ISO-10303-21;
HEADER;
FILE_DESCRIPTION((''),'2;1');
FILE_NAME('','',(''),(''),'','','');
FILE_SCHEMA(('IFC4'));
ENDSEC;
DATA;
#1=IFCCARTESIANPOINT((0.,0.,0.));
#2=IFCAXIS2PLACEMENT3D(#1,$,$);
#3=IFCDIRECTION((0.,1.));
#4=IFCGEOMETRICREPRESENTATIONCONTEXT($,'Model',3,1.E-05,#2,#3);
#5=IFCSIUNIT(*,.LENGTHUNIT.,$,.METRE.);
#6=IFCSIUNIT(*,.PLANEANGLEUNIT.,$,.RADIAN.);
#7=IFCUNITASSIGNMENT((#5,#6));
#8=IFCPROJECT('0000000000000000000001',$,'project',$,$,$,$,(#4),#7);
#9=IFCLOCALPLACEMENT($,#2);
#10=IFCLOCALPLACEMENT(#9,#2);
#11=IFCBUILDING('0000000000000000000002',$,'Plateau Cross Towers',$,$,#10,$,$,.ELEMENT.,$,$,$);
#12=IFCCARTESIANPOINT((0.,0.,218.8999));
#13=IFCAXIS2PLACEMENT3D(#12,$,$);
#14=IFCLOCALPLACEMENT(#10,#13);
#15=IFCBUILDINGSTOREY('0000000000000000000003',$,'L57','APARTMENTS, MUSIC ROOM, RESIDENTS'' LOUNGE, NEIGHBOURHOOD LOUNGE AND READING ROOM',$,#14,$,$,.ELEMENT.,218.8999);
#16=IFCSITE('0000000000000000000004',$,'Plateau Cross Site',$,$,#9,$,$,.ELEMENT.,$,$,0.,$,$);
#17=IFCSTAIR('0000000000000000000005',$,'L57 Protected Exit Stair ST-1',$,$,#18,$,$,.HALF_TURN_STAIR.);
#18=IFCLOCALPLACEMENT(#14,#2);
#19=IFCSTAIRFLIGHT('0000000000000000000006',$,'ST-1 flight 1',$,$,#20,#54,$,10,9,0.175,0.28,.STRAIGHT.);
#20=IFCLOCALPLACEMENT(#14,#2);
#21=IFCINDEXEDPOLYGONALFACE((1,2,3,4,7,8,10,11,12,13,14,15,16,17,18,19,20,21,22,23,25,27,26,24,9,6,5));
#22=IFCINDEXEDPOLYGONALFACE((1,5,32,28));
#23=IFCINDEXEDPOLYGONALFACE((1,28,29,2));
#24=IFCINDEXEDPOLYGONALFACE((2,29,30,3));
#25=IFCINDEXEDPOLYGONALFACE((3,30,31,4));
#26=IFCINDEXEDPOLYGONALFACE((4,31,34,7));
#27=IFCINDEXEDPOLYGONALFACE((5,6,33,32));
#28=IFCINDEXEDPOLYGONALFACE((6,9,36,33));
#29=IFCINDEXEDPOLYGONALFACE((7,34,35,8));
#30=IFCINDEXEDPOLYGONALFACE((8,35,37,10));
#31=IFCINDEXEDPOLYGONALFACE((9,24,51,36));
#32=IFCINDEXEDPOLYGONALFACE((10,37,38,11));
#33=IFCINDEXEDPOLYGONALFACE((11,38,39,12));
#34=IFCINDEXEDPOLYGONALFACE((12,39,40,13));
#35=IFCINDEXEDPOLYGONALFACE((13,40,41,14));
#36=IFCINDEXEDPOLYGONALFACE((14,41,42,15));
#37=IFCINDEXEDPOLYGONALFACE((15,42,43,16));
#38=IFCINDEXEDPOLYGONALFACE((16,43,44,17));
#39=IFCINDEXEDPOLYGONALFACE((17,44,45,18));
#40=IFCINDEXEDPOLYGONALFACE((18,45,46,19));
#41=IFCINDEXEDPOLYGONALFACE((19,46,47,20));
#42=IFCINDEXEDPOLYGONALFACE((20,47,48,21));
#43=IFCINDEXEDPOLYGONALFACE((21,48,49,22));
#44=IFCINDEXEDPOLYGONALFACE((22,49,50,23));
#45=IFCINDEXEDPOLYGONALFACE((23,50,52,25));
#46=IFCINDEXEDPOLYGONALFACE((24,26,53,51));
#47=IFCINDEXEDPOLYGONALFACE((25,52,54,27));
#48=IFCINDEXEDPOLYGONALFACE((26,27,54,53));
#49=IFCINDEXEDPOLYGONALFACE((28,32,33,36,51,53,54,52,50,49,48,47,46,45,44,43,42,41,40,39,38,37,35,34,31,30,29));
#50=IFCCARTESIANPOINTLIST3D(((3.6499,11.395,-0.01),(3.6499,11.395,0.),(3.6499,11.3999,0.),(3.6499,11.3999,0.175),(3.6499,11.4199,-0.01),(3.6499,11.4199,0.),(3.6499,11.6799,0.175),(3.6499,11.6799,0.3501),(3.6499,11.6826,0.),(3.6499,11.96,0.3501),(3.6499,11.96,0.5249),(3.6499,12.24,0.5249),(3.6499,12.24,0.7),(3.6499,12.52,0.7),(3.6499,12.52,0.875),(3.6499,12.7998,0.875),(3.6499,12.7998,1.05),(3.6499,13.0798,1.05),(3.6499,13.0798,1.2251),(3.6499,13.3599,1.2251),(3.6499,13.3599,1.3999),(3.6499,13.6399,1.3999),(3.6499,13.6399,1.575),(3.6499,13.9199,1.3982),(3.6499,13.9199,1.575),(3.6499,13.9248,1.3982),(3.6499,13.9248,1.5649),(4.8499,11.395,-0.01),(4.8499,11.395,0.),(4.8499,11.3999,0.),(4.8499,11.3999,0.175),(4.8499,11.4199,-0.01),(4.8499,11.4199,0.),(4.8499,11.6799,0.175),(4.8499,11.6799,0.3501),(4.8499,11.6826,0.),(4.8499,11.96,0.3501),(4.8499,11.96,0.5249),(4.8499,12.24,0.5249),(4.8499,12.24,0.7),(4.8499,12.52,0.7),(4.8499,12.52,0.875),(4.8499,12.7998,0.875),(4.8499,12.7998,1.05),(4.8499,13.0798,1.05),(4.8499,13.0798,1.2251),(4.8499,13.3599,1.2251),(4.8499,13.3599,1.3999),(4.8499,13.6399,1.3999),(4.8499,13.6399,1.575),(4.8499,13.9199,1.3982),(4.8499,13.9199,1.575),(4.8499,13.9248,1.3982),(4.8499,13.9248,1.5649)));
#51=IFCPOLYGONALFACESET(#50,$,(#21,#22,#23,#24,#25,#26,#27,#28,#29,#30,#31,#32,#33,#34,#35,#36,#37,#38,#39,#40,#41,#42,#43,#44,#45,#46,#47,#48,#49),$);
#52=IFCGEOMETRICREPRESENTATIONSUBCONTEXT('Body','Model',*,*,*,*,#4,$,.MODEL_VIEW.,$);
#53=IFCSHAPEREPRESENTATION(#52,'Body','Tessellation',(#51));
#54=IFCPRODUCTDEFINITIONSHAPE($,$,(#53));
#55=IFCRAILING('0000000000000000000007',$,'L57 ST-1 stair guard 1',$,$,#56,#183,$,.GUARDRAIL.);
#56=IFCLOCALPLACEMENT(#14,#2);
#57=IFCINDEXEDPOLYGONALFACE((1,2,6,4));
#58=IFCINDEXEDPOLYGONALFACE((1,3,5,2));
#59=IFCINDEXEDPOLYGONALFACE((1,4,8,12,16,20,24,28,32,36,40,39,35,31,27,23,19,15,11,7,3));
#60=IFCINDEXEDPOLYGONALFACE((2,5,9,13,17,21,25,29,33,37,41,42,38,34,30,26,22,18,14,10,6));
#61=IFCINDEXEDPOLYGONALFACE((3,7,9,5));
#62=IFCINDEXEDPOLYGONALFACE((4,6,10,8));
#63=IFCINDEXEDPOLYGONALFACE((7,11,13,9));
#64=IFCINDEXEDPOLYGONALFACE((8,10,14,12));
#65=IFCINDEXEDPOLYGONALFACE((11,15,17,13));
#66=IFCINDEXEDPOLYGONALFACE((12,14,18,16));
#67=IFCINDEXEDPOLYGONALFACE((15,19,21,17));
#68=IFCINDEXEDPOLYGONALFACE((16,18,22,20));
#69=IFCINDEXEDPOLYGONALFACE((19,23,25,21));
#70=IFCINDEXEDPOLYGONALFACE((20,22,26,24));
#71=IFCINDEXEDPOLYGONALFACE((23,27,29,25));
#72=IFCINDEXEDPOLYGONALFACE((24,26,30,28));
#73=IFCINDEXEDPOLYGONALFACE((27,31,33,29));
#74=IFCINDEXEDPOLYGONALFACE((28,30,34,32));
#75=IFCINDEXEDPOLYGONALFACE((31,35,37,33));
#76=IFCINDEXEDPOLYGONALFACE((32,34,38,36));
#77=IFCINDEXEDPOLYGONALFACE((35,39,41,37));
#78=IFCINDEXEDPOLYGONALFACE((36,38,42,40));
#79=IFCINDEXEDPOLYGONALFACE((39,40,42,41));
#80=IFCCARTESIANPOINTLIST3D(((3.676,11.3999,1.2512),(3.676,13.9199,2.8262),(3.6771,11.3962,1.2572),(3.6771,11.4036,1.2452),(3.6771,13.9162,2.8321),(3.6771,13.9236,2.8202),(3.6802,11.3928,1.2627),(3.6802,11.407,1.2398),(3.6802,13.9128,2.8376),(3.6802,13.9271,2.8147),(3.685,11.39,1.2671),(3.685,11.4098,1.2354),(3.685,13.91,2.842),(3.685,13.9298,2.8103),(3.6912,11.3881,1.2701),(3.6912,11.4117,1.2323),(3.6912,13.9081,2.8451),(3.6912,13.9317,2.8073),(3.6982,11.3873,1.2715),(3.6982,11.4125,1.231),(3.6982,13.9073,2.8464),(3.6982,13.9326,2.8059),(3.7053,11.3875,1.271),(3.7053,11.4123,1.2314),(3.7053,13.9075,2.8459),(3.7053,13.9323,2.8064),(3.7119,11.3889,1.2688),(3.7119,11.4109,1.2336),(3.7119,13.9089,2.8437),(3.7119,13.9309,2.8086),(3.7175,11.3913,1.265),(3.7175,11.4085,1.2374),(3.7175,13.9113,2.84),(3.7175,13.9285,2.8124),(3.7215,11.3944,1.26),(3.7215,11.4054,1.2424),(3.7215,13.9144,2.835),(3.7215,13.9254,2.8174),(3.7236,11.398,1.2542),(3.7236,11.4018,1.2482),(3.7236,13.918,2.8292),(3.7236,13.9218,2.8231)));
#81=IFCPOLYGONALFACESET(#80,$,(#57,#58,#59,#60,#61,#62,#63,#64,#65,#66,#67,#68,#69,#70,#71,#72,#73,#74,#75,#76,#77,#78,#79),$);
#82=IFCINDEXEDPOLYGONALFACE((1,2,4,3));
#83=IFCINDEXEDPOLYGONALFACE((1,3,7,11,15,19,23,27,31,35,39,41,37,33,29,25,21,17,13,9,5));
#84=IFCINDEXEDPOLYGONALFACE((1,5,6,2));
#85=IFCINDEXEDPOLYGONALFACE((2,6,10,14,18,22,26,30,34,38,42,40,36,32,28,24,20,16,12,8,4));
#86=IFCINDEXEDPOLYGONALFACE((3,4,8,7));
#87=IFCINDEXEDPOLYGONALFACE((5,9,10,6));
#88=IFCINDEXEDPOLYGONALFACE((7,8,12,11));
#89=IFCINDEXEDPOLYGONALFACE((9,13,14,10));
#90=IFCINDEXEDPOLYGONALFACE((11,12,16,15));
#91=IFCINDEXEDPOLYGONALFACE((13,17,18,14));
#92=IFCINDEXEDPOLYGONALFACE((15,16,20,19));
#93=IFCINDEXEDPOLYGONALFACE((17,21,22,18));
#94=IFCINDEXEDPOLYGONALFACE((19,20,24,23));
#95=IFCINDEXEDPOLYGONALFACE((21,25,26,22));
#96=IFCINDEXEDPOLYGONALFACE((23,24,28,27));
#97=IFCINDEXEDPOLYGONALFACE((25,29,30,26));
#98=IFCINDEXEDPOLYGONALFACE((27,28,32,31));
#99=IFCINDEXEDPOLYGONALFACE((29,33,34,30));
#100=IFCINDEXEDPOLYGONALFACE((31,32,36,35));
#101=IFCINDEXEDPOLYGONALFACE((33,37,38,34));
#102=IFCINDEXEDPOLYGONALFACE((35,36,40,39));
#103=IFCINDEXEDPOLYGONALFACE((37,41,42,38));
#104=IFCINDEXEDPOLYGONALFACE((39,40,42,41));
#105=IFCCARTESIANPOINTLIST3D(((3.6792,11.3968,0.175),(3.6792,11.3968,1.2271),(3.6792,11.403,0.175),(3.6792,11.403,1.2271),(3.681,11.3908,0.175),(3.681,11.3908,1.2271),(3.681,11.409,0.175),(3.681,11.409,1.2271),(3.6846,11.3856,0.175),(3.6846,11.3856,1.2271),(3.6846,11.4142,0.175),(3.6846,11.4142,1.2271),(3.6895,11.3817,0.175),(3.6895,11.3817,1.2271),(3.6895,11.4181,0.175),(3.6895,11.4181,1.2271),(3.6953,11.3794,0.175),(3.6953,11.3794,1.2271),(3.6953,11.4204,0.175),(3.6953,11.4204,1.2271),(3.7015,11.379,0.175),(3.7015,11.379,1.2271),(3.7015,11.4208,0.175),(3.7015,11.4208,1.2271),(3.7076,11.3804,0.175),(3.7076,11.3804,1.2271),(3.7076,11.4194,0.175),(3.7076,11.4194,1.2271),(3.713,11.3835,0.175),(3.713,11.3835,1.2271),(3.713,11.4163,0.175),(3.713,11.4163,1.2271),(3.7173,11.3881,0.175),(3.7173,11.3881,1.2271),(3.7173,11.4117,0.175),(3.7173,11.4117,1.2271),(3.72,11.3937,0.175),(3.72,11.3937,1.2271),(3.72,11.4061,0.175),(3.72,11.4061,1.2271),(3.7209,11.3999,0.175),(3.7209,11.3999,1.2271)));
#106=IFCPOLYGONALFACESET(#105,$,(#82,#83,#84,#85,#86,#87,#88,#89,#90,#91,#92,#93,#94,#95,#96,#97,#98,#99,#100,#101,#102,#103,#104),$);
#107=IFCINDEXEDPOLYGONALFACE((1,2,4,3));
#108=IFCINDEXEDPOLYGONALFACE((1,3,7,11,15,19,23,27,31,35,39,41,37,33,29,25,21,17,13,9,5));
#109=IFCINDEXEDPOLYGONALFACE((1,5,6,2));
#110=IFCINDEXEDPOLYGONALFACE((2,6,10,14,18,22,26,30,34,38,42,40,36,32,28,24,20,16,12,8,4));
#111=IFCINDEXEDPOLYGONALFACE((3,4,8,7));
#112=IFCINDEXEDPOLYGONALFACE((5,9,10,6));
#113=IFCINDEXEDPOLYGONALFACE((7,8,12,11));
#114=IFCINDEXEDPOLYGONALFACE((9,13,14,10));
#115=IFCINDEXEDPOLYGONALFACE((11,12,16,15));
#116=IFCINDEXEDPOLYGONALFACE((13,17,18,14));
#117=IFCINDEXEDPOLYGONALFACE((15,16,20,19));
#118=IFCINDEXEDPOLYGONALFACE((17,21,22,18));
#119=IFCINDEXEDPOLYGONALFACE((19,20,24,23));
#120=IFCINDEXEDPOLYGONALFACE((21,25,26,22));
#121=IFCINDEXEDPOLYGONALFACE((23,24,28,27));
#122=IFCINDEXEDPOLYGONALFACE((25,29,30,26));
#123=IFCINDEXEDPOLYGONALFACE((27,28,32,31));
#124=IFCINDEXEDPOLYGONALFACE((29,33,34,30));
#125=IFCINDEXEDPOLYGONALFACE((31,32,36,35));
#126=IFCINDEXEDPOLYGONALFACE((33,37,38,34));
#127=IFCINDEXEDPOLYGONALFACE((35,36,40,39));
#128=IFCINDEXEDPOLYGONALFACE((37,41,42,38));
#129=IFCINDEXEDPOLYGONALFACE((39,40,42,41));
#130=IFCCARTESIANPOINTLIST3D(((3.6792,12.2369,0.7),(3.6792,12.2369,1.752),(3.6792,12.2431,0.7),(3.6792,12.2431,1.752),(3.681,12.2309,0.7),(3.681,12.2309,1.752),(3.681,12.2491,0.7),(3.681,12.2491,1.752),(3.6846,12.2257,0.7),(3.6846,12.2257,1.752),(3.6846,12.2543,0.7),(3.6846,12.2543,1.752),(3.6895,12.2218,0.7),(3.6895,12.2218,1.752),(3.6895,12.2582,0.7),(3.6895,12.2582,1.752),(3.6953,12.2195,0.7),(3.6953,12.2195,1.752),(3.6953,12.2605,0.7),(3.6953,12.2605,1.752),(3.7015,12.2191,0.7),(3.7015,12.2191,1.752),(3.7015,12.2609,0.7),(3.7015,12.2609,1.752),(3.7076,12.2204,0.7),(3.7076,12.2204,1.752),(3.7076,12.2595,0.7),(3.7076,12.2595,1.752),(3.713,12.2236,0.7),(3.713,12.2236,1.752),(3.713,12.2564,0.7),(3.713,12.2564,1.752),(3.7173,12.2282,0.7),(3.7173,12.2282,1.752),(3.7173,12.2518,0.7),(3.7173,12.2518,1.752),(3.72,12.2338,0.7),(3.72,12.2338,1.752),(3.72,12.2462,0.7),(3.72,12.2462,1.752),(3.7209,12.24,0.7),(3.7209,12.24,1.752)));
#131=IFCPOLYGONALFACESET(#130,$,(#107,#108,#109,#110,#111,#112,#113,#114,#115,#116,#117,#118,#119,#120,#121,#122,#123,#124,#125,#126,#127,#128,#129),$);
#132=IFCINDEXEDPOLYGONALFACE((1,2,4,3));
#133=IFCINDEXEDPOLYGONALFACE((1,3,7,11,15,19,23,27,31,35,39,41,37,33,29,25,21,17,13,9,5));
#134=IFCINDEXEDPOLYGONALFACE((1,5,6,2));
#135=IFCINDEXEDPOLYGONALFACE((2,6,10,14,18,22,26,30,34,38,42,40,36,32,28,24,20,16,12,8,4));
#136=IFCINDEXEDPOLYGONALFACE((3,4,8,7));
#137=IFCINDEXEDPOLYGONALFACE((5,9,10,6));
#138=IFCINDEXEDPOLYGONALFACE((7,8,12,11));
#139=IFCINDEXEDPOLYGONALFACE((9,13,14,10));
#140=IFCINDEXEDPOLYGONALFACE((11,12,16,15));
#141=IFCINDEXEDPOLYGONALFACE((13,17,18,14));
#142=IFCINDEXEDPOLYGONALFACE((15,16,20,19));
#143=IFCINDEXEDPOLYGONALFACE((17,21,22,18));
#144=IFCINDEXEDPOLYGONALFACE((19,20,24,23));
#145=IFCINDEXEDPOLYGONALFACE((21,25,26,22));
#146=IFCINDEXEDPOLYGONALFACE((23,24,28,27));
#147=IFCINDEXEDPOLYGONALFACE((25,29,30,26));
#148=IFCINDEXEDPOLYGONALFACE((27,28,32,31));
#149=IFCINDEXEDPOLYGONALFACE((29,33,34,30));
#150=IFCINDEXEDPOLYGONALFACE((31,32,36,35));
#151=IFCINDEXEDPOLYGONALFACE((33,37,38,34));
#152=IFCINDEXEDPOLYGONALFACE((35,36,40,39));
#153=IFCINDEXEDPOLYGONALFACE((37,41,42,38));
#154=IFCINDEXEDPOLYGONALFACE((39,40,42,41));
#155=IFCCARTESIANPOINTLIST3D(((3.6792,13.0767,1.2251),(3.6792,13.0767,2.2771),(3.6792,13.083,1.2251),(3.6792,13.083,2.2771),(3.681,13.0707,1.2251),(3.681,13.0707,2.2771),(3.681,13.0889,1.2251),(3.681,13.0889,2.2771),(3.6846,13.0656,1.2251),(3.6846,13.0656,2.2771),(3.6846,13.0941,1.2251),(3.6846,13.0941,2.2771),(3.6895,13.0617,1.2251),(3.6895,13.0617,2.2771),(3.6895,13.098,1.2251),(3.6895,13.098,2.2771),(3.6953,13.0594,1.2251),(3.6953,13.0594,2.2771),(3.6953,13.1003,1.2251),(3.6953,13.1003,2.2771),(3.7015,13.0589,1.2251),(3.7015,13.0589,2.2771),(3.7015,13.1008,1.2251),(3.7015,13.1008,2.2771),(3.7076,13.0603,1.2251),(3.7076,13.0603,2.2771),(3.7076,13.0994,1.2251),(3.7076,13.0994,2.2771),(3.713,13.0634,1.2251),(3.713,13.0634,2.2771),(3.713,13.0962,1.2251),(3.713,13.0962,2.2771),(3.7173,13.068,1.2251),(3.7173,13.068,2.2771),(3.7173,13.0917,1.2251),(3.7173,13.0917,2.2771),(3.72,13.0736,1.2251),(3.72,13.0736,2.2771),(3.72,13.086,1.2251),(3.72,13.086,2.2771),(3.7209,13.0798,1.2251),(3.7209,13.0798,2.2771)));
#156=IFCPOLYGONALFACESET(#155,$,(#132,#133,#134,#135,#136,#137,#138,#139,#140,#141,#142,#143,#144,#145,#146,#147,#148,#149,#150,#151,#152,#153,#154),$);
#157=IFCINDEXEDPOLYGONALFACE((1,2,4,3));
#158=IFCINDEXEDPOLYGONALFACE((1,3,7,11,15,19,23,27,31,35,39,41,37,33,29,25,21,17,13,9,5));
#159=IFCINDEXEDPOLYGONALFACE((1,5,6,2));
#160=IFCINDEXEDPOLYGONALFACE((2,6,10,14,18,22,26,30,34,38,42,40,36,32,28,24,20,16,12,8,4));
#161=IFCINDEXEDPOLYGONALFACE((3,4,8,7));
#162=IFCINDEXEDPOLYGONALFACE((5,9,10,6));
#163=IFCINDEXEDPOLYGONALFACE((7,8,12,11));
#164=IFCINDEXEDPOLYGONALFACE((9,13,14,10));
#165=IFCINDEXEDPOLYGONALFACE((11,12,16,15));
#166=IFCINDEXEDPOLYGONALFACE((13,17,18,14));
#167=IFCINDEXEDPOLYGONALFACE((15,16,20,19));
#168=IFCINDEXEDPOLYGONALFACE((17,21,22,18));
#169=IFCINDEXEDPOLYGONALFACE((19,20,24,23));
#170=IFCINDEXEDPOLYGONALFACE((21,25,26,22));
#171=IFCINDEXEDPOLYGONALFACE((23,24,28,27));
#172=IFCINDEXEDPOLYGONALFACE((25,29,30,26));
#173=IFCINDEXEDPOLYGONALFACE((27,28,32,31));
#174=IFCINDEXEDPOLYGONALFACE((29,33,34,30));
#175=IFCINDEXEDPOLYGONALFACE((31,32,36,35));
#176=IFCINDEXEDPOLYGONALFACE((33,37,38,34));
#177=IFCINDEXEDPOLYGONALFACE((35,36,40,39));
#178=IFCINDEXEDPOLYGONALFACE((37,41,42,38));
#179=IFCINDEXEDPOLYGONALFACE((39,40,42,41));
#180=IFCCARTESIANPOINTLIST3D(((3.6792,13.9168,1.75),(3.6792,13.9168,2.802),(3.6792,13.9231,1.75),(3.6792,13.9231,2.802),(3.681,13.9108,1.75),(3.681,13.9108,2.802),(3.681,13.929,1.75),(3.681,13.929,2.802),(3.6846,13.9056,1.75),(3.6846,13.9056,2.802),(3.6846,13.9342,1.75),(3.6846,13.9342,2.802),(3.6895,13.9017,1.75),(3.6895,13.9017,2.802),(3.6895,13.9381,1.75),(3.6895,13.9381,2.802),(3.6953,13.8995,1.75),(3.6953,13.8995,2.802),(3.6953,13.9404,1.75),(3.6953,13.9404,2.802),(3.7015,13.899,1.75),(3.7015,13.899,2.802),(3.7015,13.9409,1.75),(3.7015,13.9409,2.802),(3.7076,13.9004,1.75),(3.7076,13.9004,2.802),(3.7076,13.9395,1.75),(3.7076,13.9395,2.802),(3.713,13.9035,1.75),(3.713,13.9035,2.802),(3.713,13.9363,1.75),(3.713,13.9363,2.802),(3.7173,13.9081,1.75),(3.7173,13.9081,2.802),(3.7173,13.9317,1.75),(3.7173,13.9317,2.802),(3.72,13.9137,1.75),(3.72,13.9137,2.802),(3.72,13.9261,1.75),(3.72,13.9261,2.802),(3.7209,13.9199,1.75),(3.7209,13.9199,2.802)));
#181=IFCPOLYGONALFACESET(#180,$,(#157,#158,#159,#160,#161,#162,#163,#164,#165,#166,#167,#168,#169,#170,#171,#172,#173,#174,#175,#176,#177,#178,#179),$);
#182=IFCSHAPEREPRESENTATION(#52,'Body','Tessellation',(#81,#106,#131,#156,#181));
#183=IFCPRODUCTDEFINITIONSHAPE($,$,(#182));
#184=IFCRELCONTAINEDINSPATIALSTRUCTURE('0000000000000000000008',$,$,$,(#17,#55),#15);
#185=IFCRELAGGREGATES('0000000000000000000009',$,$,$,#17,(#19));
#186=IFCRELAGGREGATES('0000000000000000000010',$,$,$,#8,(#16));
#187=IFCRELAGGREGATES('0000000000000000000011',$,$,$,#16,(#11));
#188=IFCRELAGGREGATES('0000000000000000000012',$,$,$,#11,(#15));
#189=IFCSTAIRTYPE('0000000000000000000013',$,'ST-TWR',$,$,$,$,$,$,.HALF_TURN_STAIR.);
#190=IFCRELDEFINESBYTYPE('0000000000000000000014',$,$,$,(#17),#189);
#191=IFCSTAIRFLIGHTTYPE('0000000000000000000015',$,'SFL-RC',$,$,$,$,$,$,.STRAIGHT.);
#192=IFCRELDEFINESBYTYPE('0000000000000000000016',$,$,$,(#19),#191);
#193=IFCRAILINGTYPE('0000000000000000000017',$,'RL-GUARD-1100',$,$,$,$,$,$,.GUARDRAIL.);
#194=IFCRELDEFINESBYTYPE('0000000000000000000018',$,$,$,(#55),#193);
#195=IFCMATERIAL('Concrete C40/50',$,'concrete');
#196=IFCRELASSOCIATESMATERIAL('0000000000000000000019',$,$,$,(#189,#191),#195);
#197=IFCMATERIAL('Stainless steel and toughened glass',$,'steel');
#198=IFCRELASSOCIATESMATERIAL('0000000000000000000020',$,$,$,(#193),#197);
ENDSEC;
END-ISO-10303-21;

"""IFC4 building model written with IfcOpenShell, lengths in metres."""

from ifc_helpers import new_model, si_unit, direction, frame, origin, origin_2d, place, context, subcontext, project, spatial, polyline, circle, outline, extrude, material, type_object, element, aggregate, save


model = new_model("IFC4")

# Units and contexts
model_context = context("Model", 3, precision=1e-05, world=origin(), true_north=direction((0.0, 1.0)))
body_context = subcontext(model_context, "Body", "Model", "MODEL_VIEW")
ifc_project = project(units=[si_unit("LENGTHUNIT", "METRE"), si_unit("PLANEANGLEUNIT", "RADIAN")], contexts=[model_context])

# Site, building, storey
site_placement = place(None, origin())
site = spatial("IfcSite", under=ifc_project, at=site_placement, Name="Plateau Cross Site", CompositionType="ELEMENT", RefElevation=0.0)
building_placement = place(site_placement, origin())
building = spatial("IfcBuilding", under=site, at=building_placement, Name="Plateau Cross Towers", CompositionType="ELEMENT")
storey_placement = place(building_placement, frame((0.0, 0.0, 218.8999)))
storey = spatial("IfcBuildingStorey", under=building, at=storey_placement, Name="L57", Description="APARTMENTS, MUSIC ROOM, RESIDENTS' LOUNGE, NEIGHBOURHOOD LOUNGE AND READING ROOM", CompositionType="ELEMENT", Elevation=218.8999)

# Stair, stair flight
ifc_material_1 = material(Name="Concrete C40/50", Category="concrete")
stair_type = type_object("IfcStairType", Name="ST-TWR", PredefinedType="HALF_TURN_STAIR", material=ifc_material_1)
stair_placement = place(storey_placement, origin())
stair = element("IfcStair", 1, at=stair_placement, inside=storey, type_object=stair_type, Name="L57 Protected Exit Stair ST-1", PredefinedType="HALF_TURN_STAIR")
stair_flight_type = type_object("IfcStairFlightType", Name="SFL-RC", PredefinedType="STRAIGHT", material=ifc_material_1)
stair_flight_placement = place(storey_placement, frame((4.25, 11.3999, 0.0), z_axis=(0.0, 0.0, 1.0), x_axis=(0.0, 1.0, 0.0)))
stair_flight = element("IfcStairFlight", 2, at=stair_flight_placement, type_object=stair_flight_type, Name="ST-1 flight 1", NumberOfRisers=10, NumberOfTreads=9, PredefinedType="STRAIGHT", RiserHeight=0.175, TreadLength=0.28, context=body_context, shape_type="SweptSolid", body=[
    extrude(outline(polyline([(-0.0049, -0.01), (-0.0049, 0.0), (0.0, 0.0), (0.0, 0.175), (0.28, 0.175), (0.28, 0.3501), (0.5601, 0.3501), (0.5601, 0.5249), (0.8401, 0.5249), (0.8401, 0.7), (1.1201, 0.7), (1.1201, 0.875), (1.3999, 0.875), (1.3999, 1.05), (1.6799, 1.05), (1.6799, 1.2251), (1.96, 1.2251), (1.96, 1.3999), (2.24, 1.3999), (2.24, 1.575), (2.52, 1.575), (2.5249, 1.5649), (2.5249, 1.3982), (2.52, 1.3982), (0.2827, 0.0), (0.02, 0.0), (0.02, -0.01), (-0.0049, -0.01)])), frame((0.0, 0.6001, 0.0), z_axis=(0.0, -1.0, 0.0), x_axis=(1.0, 0.0, 0.0)), (0.0, 0.0, 1.0), 1.2),
])
aggregate(stair, [stair_flight])

# Railing
ifc_material_2 = material(Name="Stainless steel and toughened glass", Category="steel")
railing_type_1 = type_object("IfcRailingType", Name="RL-GUARD-1100", PredefinedType="GUARDRAIL", material=ifc_material_2)
railing_1_placement = place(storey_placement, frame((3.7, 11.3999, 0.175)))
element("IfcRailing", 3, at=railing_1_placement, inside=storey, type_object=railing_type_1, Name="L57 ST-1 stair guard 1", PredefinedType="GUARDRAIL", context=body_context, shape_type="SweptSolid", body=[
    extrude(circle(Radius=0.0239, at=origin_2d()), frame((0.0, 0.0, 1.0762), z_axis=(0.0, 0.848008, 0.529984), x_axis=(-1.0, 0.0, 0.0)), (0.0, 0.0, 1.0), 2.9717),
    extrude(circle(Radius=0.021, at=origin_2d()), origin(), (0.0, 0.0, 1.0), 1.052),
    extrude(circle(Radius=0.021, at=origin_2d()), frame((0.0, 0.8401, 0.5249)), (0.0, 0.0, 1.0), 1.052),
    extrude(circle(Radius=0.021, at=origin_2d()), frame((0.0, 1.6799, 1.05)), (0.0, 0.0, 1.0), 1.052),
    extrude(circle(Radius=0.021, at=origin_2d()), frame((0.0, 2.52, 1.575)), (0.0, 0.0, 1.0), 1.052),
])

save(model, "model.ifc")
